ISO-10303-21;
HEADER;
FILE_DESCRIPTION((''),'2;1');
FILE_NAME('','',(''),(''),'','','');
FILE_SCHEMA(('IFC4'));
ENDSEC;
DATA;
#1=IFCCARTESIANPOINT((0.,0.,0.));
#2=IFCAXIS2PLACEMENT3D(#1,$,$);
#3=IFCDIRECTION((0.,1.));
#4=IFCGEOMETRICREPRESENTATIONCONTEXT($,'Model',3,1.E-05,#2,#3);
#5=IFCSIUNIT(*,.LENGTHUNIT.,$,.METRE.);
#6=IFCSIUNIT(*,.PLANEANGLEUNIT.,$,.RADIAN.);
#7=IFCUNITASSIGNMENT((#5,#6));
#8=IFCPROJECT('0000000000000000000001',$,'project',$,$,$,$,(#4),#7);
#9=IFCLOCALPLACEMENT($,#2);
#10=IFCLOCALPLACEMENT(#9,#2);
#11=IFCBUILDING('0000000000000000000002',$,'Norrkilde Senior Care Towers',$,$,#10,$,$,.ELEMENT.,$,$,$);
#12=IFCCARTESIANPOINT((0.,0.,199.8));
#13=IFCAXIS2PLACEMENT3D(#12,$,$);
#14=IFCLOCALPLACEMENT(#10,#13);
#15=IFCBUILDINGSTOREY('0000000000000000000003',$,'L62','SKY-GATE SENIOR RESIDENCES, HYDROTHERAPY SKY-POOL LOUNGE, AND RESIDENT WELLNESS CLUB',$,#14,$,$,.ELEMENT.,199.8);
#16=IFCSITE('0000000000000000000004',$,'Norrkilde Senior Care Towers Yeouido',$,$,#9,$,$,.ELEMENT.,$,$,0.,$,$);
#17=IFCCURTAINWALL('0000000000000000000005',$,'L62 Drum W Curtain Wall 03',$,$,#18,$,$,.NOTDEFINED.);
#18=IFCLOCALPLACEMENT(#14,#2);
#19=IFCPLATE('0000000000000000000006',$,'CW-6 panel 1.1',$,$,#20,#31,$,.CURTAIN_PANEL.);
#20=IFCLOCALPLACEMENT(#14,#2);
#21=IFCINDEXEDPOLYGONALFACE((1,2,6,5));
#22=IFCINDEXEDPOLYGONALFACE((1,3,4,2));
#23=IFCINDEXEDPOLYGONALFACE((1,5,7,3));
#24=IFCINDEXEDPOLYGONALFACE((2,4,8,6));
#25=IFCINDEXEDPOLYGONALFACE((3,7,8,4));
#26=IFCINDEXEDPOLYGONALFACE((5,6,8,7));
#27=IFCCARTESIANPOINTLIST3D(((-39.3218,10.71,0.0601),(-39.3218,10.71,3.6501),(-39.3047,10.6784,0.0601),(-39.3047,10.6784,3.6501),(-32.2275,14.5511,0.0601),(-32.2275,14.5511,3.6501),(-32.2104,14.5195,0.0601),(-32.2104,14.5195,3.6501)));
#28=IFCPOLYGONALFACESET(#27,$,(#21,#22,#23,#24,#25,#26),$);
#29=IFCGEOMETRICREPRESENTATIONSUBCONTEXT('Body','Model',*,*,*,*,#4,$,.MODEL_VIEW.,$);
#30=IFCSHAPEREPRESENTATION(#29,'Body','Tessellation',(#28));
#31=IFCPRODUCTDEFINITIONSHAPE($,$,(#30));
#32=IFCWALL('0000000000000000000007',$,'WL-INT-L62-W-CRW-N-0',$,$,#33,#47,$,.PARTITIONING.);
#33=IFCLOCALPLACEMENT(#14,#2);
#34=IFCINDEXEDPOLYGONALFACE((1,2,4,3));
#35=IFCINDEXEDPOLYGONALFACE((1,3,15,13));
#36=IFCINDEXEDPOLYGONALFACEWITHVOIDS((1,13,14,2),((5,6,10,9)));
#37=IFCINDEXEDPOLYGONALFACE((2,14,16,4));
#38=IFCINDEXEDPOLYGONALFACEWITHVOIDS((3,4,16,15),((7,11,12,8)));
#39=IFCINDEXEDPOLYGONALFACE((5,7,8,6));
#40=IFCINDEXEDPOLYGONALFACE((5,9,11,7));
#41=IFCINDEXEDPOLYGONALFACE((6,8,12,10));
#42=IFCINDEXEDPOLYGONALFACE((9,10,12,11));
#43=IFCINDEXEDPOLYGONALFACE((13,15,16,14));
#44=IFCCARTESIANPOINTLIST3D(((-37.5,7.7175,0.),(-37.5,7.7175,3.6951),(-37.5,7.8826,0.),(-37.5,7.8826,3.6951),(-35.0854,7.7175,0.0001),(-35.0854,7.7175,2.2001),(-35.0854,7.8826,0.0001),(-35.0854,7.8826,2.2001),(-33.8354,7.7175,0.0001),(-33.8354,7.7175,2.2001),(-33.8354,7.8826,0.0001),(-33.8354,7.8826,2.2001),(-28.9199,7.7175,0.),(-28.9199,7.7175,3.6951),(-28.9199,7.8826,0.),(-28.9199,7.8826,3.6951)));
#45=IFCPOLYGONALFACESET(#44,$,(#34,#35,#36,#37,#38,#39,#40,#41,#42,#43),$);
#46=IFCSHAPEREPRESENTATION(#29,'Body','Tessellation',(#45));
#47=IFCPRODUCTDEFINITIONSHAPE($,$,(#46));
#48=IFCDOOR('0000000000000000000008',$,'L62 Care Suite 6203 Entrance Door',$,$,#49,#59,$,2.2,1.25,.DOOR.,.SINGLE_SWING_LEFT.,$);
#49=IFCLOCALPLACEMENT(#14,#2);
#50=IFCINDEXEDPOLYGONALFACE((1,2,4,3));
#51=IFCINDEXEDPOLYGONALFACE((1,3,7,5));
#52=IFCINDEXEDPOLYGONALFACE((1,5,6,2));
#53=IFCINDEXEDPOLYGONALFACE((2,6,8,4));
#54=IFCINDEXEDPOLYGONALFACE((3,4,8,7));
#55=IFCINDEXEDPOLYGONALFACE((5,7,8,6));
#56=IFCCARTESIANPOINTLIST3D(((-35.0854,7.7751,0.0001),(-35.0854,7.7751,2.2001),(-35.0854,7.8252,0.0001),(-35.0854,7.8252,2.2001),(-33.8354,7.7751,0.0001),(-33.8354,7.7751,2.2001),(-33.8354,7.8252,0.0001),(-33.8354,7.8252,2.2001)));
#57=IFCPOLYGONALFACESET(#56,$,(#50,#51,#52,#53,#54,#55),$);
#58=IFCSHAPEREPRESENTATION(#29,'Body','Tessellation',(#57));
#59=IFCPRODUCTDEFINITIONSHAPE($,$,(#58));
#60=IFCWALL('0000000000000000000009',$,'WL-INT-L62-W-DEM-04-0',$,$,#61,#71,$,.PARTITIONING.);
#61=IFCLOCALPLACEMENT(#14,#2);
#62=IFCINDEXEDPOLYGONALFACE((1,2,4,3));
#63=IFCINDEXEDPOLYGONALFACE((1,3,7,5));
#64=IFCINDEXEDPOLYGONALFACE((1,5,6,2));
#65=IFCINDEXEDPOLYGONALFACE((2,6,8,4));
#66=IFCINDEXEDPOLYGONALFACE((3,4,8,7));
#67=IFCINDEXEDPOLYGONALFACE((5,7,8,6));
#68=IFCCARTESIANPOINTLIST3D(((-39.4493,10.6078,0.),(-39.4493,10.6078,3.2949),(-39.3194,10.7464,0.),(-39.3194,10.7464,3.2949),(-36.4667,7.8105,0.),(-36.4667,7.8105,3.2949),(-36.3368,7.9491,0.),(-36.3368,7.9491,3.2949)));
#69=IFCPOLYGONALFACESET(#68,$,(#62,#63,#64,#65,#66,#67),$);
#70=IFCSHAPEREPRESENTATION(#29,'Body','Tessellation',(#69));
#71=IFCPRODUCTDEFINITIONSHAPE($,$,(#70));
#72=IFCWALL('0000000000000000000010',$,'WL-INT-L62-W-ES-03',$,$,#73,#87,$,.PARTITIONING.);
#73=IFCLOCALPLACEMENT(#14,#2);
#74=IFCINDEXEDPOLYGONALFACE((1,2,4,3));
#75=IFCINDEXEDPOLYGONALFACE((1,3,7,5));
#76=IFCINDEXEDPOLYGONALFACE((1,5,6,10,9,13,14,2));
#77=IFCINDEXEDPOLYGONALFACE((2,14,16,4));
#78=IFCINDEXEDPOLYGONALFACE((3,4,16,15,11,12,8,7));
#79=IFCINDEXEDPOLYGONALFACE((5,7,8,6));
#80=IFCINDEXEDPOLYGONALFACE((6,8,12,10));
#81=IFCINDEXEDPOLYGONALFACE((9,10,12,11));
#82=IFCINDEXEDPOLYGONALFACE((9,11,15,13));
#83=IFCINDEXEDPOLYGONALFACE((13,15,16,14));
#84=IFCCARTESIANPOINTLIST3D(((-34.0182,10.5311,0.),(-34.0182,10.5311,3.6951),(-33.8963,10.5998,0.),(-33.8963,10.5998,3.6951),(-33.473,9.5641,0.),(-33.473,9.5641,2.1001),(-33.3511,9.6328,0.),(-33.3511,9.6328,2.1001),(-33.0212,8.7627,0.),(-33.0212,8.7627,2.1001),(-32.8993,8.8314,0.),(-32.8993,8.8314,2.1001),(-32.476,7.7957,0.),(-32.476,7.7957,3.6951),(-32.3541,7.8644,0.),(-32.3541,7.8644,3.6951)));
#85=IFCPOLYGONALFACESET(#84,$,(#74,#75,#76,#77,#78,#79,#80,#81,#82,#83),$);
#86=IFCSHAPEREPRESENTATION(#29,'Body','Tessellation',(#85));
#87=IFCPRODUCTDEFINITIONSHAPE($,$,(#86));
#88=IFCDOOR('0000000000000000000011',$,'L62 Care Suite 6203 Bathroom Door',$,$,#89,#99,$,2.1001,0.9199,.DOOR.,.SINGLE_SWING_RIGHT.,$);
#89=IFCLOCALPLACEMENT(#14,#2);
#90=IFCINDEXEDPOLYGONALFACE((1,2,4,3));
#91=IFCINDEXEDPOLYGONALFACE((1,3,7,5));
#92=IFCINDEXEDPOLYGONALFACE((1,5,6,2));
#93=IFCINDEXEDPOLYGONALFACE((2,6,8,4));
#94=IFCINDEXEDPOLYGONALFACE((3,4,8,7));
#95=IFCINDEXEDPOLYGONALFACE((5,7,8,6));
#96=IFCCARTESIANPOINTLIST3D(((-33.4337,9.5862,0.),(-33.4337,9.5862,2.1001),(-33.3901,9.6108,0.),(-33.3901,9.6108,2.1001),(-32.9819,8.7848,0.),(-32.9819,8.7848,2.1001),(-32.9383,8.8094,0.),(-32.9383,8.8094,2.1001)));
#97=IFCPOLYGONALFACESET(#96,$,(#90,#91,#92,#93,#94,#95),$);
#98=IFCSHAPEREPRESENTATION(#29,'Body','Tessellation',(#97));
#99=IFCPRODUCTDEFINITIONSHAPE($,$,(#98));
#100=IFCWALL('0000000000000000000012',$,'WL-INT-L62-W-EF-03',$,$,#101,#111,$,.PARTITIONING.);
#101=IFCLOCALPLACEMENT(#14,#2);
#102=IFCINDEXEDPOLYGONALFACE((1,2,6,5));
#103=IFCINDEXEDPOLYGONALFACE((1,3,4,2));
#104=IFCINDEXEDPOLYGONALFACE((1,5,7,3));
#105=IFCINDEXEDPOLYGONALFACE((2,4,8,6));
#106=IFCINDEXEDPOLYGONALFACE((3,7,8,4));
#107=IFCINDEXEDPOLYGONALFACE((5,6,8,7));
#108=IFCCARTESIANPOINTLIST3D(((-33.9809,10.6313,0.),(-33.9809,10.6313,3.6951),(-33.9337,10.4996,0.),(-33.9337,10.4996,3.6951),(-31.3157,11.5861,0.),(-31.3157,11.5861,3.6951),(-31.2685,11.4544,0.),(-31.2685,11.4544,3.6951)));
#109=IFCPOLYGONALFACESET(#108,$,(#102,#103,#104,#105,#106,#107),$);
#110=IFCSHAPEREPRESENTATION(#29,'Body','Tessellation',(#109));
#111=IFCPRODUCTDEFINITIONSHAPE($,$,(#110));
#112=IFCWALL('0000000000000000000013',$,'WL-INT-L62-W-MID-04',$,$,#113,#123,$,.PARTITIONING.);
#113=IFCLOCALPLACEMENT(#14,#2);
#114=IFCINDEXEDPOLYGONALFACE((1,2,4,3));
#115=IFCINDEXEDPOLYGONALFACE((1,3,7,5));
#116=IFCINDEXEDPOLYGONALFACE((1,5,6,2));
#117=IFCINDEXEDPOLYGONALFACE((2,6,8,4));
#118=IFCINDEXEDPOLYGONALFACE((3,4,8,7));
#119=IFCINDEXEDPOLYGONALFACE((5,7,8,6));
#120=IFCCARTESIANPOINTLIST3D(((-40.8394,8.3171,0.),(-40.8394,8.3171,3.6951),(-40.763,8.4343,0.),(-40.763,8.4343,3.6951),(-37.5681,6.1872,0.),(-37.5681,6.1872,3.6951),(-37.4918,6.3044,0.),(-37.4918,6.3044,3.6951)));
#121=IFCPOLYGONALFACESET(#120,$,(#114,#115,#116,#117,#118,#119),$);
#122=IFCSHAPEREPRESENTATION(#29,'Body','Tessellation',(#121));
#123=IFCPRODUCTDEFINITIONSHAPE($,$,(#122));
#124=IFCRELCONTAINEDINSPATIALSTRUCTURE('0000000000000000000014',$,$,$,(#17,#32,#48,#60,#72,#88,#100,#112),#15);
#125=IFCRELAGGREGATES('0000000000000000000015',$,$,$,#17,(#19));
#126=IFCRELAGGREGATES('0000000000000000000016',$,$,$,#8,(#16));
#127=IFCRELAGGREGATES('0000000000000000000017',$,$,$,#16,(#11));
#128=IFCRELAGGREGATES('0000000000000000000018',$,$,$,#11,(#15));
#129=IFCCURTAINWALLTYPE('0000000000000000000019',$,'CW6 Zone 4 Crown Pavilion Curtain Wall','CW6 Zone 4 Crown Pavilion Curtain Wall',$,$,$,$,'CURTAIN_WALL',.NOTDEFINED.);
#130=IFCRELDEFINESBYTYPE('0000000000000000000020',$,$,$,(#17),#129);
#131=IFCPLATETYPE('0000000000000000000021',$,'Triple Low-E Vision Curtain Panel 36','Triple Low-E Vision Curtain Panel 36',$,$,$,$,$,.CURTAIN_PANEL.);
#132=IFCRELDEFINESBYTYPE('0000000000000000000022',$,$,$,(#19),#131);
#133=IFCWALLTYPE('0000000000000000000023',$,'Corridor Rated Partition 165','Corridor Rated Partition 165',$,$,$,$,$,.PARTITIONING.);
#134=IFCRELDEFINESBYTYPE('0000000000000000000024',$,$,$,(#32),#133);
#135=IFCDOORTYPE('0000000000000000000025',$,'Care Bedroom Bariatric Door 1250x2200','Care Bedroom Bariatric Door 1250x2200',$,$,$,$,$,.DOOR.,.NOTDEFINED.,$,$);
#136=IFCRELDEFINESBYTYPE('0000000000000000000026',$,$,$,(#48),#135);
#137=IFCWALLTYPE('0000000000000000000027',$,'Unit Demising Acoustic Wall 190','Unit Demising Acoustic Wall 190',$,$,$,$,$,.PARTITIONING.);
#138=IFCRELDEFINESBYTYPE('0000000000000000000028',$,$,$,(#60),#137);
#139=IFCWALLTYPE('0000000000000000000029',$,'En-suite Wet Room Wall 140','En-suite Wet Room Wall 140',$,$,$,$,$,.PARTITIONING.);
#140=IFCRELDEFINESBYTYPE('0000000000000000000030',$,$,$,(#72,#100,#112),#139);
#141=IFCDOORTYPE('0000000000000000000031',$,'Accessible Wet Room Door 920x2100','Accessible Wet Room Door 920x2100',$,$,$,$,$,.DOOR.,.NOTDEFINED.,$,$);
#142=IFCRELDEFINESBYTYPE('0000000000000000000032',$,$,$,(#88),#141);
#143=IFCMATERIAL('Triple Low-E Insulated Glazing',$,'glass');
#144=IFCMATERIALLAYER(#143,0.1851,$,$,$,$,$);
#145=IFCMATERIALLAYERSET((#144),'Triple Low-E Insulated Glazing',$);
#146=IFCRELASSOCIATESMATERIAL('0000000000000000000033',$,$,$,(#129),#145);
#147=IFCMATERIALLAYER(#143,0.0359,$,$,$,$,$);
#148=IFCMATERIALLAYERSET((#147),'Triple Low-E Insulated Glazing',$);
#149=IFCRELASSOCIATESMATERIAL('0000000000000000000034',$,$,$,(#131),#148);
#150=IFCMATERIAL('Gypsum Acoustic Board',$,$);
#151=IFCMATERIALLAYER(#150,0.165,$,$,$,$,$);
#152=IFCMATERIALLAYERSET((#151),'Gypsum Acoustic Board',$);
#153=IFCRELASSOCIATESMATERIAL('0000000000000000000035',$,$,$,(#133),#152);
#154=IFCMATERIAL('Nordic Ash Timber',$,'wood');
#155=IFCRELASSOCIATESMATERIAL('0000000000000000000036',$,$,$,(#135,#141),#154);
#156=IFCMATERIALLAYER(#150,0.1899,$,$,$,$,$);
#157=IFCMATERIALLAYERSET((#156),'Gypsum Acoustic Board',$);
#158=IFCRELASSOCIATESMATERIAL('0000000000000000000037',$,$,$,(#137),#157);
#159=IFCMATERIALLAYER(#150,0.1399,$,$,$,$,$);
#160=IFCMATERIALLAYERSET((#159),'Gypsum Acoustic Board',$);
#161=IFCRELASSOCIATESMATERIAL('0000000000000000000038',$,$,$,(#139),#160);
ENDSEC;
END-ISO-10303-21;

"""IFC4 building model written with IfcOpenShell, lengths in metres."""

from ifc_helpers import new_model, si_unit, direction, frame, frame_2d, origin, origin_2d, place, context, subcontext, project, spatial, rectangle, extrude, source, transform, mapped, material, layer, layer_set, type_object, type_shapes, element, fill, aggregate, save


model = new_model("IFC4")

# Units and contexts
model_context = context("Model", 3, precision=1e-05, world=origin(), true_north=direction((0.0, 1.0)))
body_context = subcontext(model_context, "Body", "Model", "MODEL_VIEW")
ifc_project = project(units=[si_unit("LENGTHUNIT", "METRE"), si_unit("PLANEANGLEUNIT", "RADIAN")], contexts=[model_context])

# Site, building, storey
site_placement = place(None, origin())
site = spatial("IfcSite", under=ifc_project, at=site_placement, Name="Norrkilde Senior Care Towers Yeouido", CompositionType="ELEMENT", RefElevation=0.0)
building_placement = place(site_placement, origin())
building = spatial("IfcBuilding", under=site, at=building_placement, Name="Norrkilde Senior Care Towers", CompositionType="ELEMENT")
storey_placement = place(building_placement, frame((0.0, 0.0, 199.8)))
storey = spatial("IfcBuildingStorey", under=building, at=storey_placement, Name="L62", Description="SKY-GATE SENIOR RESIDENCES, HYDROTHERAPY SKY-POOL LOUNGE, AND RESIDENT WELLNESS CLUB", CompositionType="ELEMENT", Elevation=199.8)

# Curtain wall
ifc_material_1 = material(Name="Triple Low-E Insulated Glazing", Category="glass")
ifc_layer_1 = layer(ifc_material_1, 0.1851)
ifc_layer_set_1 = layer_set([ifc_layer_1], Name="Triple Low-E Insulated Glazing")
curtain_wall_type = type_object("IfcCurtainWallType", Name="CW6 Zone 4 Crown Pavilion Curtain Wall", Description="CW6 Zone 4 Crown Pavilion Curtain Wall", ElementType="CURTAIN_WALL", PredefinedType="NOTDEFINED", material=ifc_layer_set_1)
curtain_wall_1_placement = place(storey_placement, origin())
curtain_wall_1 = element("IfcCurtainWall", 1, at=curtain_wall_1_placement, inside=storey, type_object=curtain_wall_type, Name="L62 Drum W Curtain Wall 03", PredefinedType="NOTDEFINED")

# Plate
ifc_layer_2 = layer(ifc_material_1, 0.0359)
ifc_layer_set_2 = layer_set([ifc_layer_2], Name="Triple Low-E Insulated Glazing")
plate_type = type_object("IfcPlateType", Name="Triple Low-E Vision Curtain Panel 36", Description="Triple Low-E Vision Curtain Panel 36", PredefinedType="CURTAIN_PANEL", material=ifc_layer_set_2)
shared_shape_1 = source(origin(), body_context, "Body", "SweptSolid", [
    extrude(rectangle(XDim=8.0674, YDim=0.0359, at=origin_2d()), origin(), (0.0, 0.0, 1.0), 3.5901),
])
type_shapes(plate_type, [shared_shape_1])
plate_placement = place(storey_placement, frame((-35.7661, 12.6147, 0.0601), z_axis=(0.0, 0.0, 1.0), x_axis=(0.879373, 0.476133, 0.0)))
plate = element("IfcPlate", 2, at=plate_placement, type_object=plate_type, Name="CW-6 panel 1.1", PredefinedType="CURTAIN_PANEL", context=body_context, shape_type="MappedRepresentation", body=[
    mapped(shared_shape_1, transform((0.0, 0.0, 0.0), x_axis=(1.0, 0.0, 0.0), y_axis=(0.0, 1.0, 0.0), z_axis=(0.0, 0.0, 1.0), scale=1.0)),
])
aggregate(curtain_wall_1, [plate])

# Wall, opening, door
ifc_material_2 = material(Name="Gypsum Acoustic Board")
ifc_layer_3 = layer(ifc_material_2, 0.165)
ifc_layer_set_3 = layer_set([ifc_layer_3], Name="Gypsum Acoustic Board")
wall_type_1 = type_object("IfcWallType", Name="Corridor Rated Partition 165", Description="Corridor Rated Partition 165", PredefinedType="PARTITIONING", material=ifc_layer_set_3)
shared_shape_2 = source(origin(), body_context, "Body", "SweptSolid", [
    extrude(rectangle(XDim=8.5801, YDim=0.165, at=frame_2d((4.29, 0.0))), origin(), (0.0, 0.0, 1.0), 3.6951),
])
type_shapes(wall_type_1, [shared_shape_2])
wall_1_placement = place(storey_placement, frame((-37.5, 7.8, 0.0), z_axis=(0.0, 0.0, 1.0), x_axis=(1.0, 0.0, 0.0)))
wall_1 = element("IfcWall", 3, at=wall_1_placement, inside=storey, type_object=wall_type_1, Name="WL-INT-L62-W-CRW-N-0", PredefinedType="PARTITIONING", context=body_context, shape_type="MappedRepresentation", body=[
    mapped(shared_shape_2, transform((0.0, 0.0, 0.0), x_axis=(1.0, 0.0, 0.0), y_axis=(0.0, 1.0, 0.0), z_axis=(0.0, 0.0, 1.0), scale=1.0)),
])
opening_1_placement = place(wall_1_placement, frame((2.4146, 0.0, 0.0)))
opening_1 = element("IfcOpeningElement", 4, at=opening_1_placement, cuts=wall_1, PredefinedType="OPENING", context=body_context, shape_type="SweptSolid", body=[
    extrude(rectangle(XDim=1.25, YDim=2.2, at=frame_2d((0.625, 1.1001))), frame((0.0, 0.0925, 0.0), z_axis=(0.0, -1.0, 0.0), x_axis=(1.0, 0.0, 0.0)), (0.0, 0.0, 1.0), 0.1851),
])
ifc_material_3 = material(Name="Nordic Ash Timber", Category="wood")
door_type_1 = type_object("IfcDoorType", Name="Care Bedroom Bariatric Door 1250x2200", Description="Care Bedroom Bariatric Door 1250x2200", OperationType="NOTDEFINED", PredefinedType="DOOR", material=ifc_material_3)
shared_shape_3 = source(origin(), body_context, "Body", "SweptSolid", [
    extrude(rectangle(XDim=1.25, YDim=2.2, at=frame_2d((0.625, 1.1001))), frame((0.0, 0.0249, 0.0), z_axis=(0.0, -1.0, 0.0), x_axis=(1.0, 0.0, 0.0)), (0.0, 0.0, 1.0), 0.05),
])
type_shapes(door_type_1, [shared_shape_3])
door_1_placement = place(opening_1_placement, frame((1.25, 0.0, 0.0), z_axis=(0.0, 0.0, 1.0), x_axis=(-1.0, 0.0, 0.0)))
door_1 = element("IfcDoor", 5, at=door_1_placement, inside=storey, type_object=door_type_1, Name="L62 Care Suite 6203 Entrance Door", OperationType="SINGLE_SWING_LEFT", OverallHeight=2.2, OverallWidth=1.25, PredefinedType="DOOR", context=body_context, shape_type="MappedRepresentation", body=[
    mapped(shared_shape_3, transform((0.0, 0.0, 0.0), x_axis=(1.0, 0.0, 0.0), y_axis=(0.0, 1.0, 0.0), z_axis=(0.0, 0.0, 1.0), scale=1.0)),
])
fill(opening_1, door_1)

# Wall
ifc_layer_4 = layer(ifc_material_2, 0.1899)
ifc_layer_set_4 = layer_set([ifc_layer_4], Name="Gypsum Acoustic Board")
wall_type_2 = type_object("IfcWallType", Name="Unit Demising Acoustic Wall 190", Description="Unit Demising Acoustic Wall 190", PredefinedType="PARTITIONING", material=ifc_layer_set_4)
shared_shape_4 = source(origin(), body_context, "Body", "SweptSolid", [
    extrude(rectangle(XDim=4.0891, YDim=0.1899, at=frame_2d((2.0444, 0.0))), origin(), (0.0, 0.0, 1.0), 3.2949),
])
type_shapes(wall_type_2, [shared_shape_4])
wall_2_placement = place(storey_placement, frame((-36.4019, 7.8799, 0.0), z_axis=(0.0, 0.0, 1.0), x_axis=(-0.729401, 0.684086, 0.0)))
element("IfcWall", 6, at=wall_2_placement, inside=storey, type_object=wall_type_2, Name="WL-INT-L62-W-DEM-04-0", PredefinedType="PARTITIONING", context=body_context, shape_type="MappedRepresentation", body=[
    mapped(shared_shape_4, transform((0.0, 0.0, 0.0), x_axis=(1.0, 0.0, 0.0), y_axis=(0.0, 1.0, 0.0), z_axis=(0.0, 0.0, 1.0), scale=1.0)),
])

# Wall, opening, door
ifc_layer_5 = layer(ifc_material_2, 0.1399)
ifc_layer_set_5 = layer_set([ifc_layer_5], Name="Gypsum Acoustic Board")
wall_type_3 = type_object("IfcWallType", Name="En-suite Wet Room Wall 140", Description="En-suite Wet Room Wall 140", PredefinedType="PARTITIONING", material=ifc_layer_set_5)
shared_shape_5 = source(origin(), body_context, "Body", "SweptSolid", [
    extrude(rectangle(XDim=3.1401, YDim=0.1399, at=frame_2d((1.5701, 0.0))), origin(), (0.0, 0.0, 1.0), 3.6951),
])
wall_3_placement = place(storey_placement, frame((-32.415, 7.8301, 0.0), z_axis=(0.0, 0.0, 1.0), x_axis=(-0.491132, 0.871085, 0.0)))
wall_3 = element("IfcWall", 7, at=wall_3_placement, inside=storey, type_object=wall_type_3, Name="WL-INT-L62-W-ES-03", PredefinedType="PARTITIONING", context=body_context, shape_type="MappedRepresentation", body=[
    mapped(shared_shape_5, transform((0.0, 0.0, 0.0), x_axis=(1.0, 0.0, 0.0), y_axis=(0.0, 1.0, 0.0), z_axis=(0.0, 0.0, 1.0), scale=1.0)),
])
opening_2_placement = place(wall_3_placement, frame((1.1101, 0.0, 0.0)))
opening_2 = element("IfcOpeningElement", 8, at=opening_2_placement, cuts=wall_3, PredefinedType="OPENING", context=body_context, shape_type="SweptSolid", body=[
    extrude(rectangle(XDim=0.9199, YDim=2.1001, at=frame_2d((0.46, 1.05))), frame((0.0, 0.0798, 0.0), z_axis=(0.0, -1.0, 0.0), x_axis=(1.0, 0.0, 0.0)), (0.0, 0.0, 1.0), 0.1599),
])
door_type_2 = type_object("IfcDoorType", Name="Accessible Wet Room Door 920x2100", Description="Accessible Wet Room Door 920x2100", OperationType="NOTDEFINED", PredefinedType="DOOR", material=ifc_material_3)
shared_shape_6 = source(origin(), body_context, "Body", "SweptSolid", [
    extrude(rectangle(XDim=0.9199, YDim=2.1001, at=frame_2d((0.46, 1.05))), frame((0.0, 0.0249, 0.0), z_axis=(0.0, -1.0, 0.0), x_axis=(1.0, 0.0, 0.0)), (0.0, 0.0, 1.0), 0.05),
])
type_shapes(door_type_2, [shared_shape_6])
door_2_placement = place(opening_2_placement, origin())
door_2 = element("IfcDoor", 9, at=door_2_placement, inside=storey, type_object=door_type_2, Name="L62 Care Suite 6203 Bathroom Door", OperationType="SINGLE_SWING_RIGHT", OverallHeight=2.1001, OverallWidth=0.9199, PredefinedType="DOOR", context=body_context, shape_type="MappedRepresentation", body=[
    mapped(shared_shape_6, transform((0.0, 0.0, 0.0), x_axis=(1.0, 0.0, 0.0), y_axis=(0.0, 1.0, 0.0), z_axis=(0.0, 0.0, 1.0), scale=1.0)),
])
fill(opening_2, door_2)

# Walls
shared_shape_7 = source(origin(), body_context, "Body", "SweptSolid", [
    extrude(rectangle(XDim=2.8311, YDim=0.1399, at=frame_2d((1.4155, 0.0))), origin(), (0.0, 0.0, 1.0), 3.6951),
])
wall_4_placement = place(storey_placement, frame((-33.9573, 10.5654, 0.0), z_axis=(0.0, 0.0, 1.0), x_axis=(0.941412, 0.337259, 0.0)))
element("IfcWall", 10, at=wall_4_placement, inside=storey, type_object=wall_type_3, Name="WL-INT-L62-W-EF-03", PredefinedType="PARTITIONING", context=body_context, shape_type="MappedRepresentation", body=[
    mapped(shared_shape_7, transform((0.0, 0.0, 0.0), x_axis=(1.0, 0.0, 0.0), y_axis=(0.0, 1.0, 0.0), z_axis=(0.0, 0.0, 1.0), scale=1.0)),
])
shared_shape_8 = source(origin(), body_context, "Body", "SweptSolid", [
    extrude(rectangle(XDim=3.9036, YDim=0.1399, at=frame_2d((1.9517, 0.0))), origin(), (0.0, 0.0, 1.0), 3.6951),
])
type_shapes(wall_type_3, [shared_shape_5, shared_shape_7, shared_shape_8])
wall_5_placement = place(storey_placement, frame((-37.53, 6.2458, 0.0), z_axis=(0.0, 0.0, 1.0), x_axis=(-0.838025, 0.545632, 0.0)))
element("IfcWall", 11, at=wall_5_placement, inside=storey, type_object=wall_type_3, Name="WL-INT-L62-W-MID-04", PredefinedType="PARTITIONING", context=body_context, shape_type="MappedRepresentation", body=[
    mapped(shared_shape_8, transform((0.0, 0.0, 0.0), x_axis=(1.0, 0.0, 0.0), y_axis=(0.0, 1.0, 0.0), z_axis=(0.0, 0.0, 1.0), scale=1.0)),
])

save(model, "model.ifc")
